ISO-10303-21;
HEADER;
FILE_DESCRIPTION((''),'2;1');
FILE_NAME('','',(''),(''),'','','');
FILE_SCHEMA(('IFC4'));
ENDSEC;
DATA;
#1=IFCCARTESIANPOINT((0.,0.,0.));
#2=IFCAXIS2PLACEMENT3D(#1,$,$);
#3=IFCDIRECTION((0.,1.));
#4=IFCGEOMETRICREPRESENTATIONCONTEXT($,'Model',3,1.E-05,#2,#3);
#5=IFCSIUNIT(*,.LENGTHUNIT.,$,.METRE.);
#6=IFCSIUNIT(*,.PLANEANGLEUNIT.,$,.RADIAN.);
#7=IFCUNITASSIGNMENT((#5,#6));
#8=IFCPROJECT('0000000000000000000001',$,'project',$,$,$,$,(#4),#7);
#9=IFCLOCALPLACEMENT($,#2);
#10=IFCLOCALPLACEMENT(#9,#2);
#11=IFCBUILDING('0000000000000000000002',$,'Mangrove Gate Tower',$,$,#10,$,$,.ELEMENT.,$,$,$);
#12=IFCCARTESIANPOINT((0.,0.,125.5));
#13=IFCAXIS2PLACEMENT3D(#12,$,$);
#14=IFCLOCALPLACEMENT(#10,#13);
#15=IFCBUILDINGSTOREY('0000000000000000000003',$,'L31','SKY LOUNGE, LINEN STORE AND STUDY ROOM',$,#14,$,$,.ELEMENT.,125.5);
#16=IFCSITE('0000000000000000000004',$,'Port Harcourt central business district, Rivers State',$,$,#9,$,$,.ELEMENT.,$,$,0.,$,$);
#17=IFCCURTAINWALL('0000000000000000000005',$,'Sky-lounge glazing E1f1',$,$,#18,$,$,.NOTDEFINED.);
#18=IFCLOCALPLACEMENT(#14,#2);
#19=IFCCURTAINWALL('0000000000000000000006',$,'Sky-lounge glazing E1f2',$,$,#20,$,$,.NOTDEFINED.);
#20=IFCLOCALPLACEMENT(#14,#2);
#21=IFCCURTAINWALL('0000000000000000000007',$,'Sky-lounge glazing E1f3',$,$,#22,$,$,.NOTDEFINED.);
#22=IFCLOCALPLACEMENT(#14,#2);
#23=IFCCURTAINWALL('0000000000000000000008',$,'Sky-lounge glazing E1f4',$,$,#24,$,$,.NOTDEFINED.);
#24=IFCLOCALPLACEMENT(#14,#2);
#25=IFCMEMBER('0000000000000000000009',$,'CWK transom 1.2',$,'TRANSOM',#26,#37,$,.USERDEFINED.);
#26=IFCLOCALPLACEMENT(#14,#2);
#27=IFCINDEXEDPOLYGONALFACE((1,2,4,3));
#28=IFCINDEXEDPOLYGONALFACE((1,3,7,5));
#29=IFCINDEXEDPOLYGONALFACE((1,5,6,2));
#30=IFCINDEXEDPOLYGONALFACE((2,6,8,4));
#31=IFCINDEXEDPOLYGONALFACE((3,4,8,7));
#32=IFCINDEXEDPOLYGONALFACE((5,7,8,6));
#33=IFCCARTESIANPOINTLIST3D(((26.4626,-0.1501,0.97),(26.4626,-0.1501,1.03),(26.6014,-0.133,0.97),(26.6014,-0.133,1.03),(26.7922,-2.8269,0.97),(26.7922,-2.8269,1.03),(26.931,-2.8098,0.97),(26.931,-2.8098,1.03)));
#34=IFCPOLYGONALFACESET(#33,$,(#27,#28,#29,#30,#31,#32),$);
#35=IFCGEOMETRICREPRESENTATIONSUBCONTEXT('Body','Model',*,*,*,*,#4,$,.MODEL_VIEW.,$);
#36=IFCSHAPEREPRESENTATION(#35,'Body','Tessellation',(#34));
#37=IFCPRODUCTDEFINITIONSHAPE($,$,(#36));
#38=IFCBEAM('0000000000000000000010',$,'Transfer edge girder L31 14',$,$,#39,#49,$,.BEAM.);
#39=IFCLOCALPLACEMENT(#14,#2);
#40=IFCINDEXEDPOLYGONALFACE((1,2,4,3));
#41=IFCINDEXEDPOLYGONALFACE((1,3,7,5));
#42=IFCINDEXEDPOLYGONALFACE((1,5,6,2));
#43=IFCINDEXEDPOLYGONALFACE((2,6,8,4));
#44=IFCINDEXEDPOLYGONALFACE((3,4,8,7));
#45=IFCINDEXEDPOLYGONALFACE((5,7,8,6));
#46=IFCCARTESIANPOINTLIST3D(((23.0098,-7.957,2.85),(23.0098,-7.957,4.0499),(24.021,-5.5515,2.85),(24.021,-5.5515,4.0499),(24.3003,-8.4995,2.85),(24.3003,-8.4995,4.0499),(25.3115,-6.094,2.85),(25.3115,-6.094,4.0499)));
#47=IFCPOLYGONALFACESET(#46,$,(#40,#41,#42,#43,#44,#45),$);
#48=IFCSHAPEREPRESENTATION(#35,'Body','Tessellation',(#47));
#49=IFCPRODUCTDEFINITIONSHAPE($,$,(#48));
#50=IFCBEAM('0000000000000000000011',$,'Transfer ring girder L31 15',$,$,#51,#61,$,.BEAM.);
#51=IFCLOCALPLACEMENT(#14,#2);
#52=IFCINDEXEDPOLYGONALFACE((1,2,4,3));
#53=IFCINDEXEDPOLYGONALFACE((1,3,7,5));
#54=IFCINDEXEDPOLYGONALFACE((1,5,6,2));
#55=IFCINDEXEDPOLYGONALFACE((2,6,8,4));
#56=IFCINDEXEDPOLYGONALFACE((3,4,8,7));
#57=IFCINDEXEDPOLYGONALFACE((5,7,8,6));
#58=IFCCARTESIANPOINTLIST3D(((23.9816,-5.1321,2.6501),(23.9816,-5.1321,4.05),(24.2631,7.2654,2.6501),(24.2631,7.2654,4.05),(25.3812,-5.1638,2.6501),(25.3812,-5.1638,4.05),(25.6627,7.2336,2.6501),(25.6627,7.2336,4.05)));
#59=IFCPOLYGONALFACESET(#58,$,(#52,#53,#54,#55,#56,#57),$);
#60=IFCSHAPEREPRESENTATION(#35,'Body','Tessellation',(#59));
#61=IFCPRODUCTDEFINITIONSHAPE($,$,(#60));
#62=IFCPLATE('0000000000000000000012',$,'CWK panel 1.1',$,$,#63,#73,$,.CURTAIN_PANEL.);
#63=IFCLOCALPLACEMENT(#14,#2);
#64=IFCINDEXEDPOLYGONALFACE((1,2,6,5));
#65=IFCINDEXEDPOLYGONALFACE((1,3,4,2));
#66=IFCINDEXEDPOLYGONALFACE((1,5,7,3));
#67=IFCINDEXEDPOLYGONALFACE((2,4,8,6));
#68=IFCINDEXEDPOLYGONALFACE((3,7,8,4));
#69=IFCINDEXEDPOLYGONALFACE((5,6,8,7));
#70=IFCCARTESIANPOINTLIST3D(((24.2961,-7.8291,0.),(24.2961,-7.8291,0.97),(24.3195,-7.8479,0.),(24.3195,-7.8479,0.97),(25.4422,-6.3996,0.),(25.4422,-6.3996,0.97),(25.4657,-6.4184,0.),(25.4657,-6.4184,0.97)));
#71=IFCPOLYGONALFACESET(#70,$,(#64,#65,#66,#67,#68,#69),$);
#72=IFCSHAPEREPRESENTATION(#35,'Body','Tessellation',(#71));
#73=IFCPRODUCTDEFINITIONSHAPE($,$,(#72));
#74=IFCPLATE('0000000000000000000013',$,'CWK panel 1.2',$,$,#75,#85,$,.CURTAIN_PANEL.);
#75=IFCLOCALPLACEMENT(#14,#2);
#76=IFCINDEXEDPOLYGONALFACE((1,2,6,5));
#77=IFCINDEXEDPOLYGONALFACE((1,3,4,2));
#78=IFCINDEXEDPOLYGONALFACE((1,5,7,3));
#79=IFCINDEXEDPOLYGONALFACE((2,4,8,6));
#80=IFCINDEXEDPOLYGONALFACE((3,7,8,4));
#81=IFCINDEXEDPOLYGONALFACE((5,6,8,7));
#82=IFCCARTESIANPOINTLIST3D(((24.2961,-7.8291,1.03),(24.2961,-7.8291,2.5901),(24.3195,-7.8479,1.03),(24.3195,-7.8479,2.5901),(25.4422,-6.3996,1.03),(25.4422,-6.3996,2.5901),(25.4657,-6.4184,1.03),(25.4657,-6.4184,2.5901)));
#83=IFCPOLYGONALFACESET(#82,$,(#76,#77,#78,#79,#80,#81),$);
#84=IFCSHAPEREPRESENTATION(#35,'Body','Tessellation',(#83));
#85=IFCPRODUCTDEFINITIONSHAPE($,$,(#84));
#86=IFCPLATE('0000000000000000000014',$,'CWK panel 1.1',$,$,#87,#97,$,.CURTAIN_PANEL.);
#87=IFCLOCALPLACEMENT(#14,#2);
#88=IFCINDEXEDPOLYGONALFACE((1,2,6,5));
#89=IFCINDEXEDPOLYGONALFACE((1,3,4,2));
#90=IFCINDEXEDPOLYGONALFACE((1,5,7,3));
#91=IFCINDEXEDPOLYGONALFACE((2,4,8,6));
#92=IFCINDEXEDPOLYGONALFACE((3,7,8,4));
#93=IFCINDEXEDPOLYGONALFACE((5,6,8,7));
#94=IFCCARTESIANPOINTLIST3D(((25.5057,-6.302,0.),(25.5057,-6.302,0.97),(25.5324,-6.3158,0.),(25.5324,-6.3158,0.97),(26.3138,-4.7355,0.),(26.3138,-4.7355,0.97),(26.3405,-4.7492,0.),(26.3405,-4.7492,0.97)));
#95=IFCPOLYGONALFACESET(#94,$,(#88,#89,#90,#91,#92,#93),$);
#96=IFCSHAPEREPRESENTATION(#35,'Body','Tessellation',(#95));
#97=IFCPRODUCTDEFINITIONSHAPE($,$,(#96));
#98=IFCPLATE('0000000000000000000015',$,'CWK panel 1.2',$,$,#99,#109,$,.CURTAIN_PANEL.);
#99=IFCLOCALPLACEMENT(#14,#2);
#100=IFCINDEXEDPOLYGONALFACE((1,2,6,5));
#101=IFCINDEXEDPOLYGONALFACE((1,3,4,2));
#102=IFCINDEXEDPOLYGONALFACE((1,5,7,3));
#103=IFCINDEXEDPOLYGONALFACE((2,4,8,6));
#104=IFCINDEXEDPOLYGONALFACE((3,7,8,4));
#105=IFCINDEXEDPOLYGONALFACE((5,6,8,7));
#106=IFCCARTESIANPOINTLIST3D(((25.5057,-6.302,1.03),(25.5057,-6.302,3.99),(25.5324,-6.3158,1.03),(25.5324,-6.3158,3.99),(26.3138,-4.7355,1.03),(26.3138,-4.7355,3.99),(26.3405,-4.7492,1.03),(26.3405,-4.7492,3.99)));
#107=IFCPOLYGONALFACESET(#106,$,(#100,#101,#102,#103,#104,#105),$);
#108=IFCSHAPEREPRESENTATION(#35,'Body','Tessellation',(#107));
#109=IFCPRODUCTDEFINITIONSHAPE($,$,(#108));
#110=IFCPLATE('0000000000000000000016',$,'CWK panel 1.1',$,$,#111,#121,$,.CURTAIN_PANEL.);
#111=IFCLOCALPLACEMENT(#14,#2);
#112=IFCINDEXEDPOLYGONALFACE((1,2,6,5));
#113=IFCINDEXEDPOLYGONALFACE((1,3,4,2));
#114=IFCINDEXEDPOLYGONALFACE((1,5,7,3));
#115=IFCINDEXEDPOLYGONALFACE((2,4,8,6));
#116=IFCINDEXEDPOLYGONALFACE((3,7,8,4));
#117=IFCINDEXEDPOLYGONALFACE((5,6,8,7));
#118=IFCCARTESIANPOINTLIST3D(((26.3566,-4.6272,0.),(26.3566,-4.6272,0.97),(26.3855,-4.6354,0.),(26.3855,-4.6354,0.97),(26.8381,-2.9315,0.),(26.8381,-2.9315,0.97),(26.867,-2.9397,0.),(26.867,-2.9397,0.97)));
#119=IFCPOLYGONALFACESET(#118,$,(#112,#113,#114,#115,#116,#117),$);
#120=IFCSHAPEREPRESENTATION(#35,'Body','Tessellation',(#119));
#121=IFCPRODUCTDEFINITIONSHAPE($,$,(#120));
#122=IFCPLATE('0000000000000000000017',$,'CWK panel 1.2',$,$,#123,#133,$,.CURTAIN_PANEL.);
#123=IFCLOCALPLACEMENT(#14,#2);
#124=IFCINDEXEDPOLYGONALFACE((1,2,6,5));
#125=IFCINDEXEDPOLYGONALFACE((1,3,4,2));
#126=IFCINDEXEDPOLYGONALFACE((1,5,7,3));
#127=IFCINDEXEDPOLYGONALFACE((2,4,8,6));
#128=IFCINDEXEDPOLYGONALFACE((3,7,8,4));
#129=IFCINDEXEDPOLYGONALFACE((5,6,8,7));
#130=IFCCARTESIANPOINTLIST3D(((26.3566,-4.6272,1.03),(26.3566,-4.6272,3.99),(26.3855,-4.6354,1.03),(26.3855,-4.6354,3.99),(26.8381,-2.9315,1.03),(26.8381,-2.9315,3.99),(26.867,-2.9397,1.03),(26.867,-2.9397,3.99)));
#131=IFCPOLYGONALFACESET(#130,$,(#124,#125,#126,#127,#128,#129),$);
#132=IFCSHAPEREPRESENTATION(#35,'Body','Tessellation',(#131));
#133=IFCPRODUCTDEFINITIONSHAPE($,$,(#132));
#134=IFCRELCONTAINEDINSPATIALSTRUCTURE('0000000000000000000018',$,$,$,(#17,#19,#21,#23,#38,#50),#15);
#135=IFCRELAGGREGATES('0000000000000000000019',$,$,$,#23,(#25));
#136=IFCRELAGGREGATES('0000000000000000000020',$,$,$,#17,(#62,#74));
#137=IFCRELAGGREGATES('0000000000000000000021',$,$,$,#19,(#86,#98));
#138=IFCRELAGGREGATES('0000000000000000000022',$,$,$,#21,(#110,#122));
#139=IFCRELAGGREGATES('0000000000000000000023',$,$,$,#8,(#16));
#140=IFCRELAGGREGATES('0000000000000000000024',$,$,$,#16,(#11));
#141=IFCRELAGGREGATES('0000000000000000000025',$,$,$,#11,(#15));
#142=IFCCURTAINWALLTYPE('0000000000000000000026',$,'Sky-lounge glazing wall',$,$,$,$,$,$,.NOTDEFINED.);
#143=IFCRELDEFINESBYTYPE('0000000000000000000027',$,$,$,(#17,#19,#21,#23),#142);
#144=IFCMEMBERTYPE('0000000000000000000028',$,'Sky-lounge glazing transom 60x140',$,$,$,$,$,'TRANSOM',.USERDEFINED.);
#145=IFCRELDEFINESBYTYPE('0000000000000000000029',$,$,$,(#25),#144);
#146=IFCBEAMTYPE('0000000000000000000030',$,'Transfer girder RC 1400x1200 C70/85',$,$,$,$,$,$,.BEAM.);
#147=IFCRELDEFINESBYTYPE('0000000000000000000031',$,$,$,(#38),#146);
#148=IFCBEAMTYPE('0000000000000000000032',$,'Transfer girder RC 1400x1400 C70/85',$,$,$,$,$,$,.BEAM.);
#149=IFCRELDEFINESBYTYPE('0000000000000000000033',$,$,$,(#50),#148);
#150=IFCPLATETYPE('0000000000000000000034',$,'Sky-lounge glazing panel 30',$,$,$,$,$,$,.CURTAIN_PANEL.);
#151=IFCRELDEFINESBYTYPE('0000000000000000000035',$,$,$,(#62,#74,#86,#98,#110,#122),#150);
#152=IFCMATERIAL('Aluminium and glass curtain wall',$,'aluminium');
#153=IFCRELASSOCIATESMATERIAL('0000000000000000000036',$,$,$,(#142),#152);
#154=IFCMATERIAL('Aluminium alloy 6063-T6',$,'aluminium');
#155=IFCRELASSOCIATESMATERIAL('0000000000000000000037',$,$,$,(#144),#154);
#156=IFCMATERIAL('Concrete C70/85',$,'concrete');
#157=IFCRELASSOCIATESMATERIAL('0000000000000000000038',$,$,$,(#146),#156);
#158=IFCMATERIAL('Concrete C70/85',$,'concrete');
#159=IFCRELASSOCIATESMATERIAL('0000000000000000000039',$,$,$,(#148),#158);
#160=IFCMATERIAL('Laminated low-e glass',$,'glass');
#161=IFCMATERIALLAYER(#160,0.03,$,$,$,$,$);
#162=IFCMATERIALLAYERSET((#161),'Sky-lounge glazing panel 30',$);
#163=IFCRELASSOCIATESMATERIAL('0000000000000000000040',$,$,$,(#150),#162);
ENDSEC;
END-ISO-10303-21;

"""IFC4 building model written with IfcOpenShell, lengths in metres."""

from ifc_helpers import new_model, si_unit, direction, frame, origin, origin_2d, place, context, subcontext, project, spatial, rectangle, extrude, material, layer, layer_set, material_profile, profile_set, type_object, element, aggregate, save


model = new_model("IFC4")

# Units and contexts
model_context = context("Model", 3, precision=1e-05, world=origin(), true_north=direction((0.0, 1.0)))
body_context = subcontext(model_context, "Body", "Model", "MODEL_VIEW")
ifc_project = project(units=[si_unit("LENGTHUNIT", "METRE"), si_unit("PLANEANGLEUNIT", "RADIAN")], contexts=[model_context])

# Site, building, storey
site_placement = place(None, origin())
site = spatial("IfcSite", under=ifc_project, at=site_placement, Name="Port Harcourt central business district, Rivers State", CompositionType="ELEMENT", RefElevation=0.0)
building_placement = place(site_placement, origin())
building = spatial("IfcBuilding", under=site, at=building_placement, Name="Mangrove Gate Tower", CompositionType="ELEMENT")
storey_placement = place(building_placement, frame((0.0, 0.0, 125.5)))
storey = spatial("IfcBuildingStorey", under=building, at=storey_placement, Name="L31", Description="SKY LOUNGE, LINEN STORE AND STUDY ROOM", CompositionType="ELEMENT", Elevation=125.5)

# Curtain walls
ifc_material_1 = material(Name="Aluminium and glass curtain wall", Category="aluminium")
curtain_wall_type = type_object("IfcCurtainWallType", Name="Sky-lounge glazing wall", PredefinedType="NOTDEFINED", material=ifc_material_1)
curtain_wall_1_placement = place(storey_placement, origin())
curtain_wall_1 = element("IfcCurtainWall", 1, at=curtain_wall_1_placement, inside=storey, type_object=curtain_wall_type, Name="Sky-lounge glazing E1f1", PredefinedType="NOTDEFINED")
curtain_wall_2_placement = place(storey_placement, origin())
curtain_wall_2 = element("IfcCurtainWall", 2, at=curtain_wall_2_placement, inside=storey, type_object=curtain_wall_type, Name="Sky-lounge glazing E1f2", PredefinedType="NOTDEFINED")
curtain_wall_3_placement = place(storey_placement, origin())
curtain_wall_3 = element("IfcCurtainWall", 3, at=curtain_wall_3_placement, inside=storey, type_object=curtain_wall_type, Name="Sky-lounge glazing E1f3", PredefinedType="NOTDEFINED")

# Curtain wall
curtain_wall_4_placement = place(storey_placement, origin())
curtain_wall_4 = element("IfcCurtainWall", 4, at=curtain_wall_4_placement, inside=storey, type_object=curtain_wall_type, Name="Sky-lounge glazing E1f4", PredefinedType="NOTDEFINED")

# Member
ifc_material_2 = material(Name="Aluminium alloy 6063-T6", Category="aluminium")
ifc_material_profile_1 = material_profile(ifc_material_2, rectangle(XDim=0.0601, YDim=0.1399, at=origin_2d()))
ifc_profile_set_1 = profile_set([ifc_material_profile_1], Name="Aluminium alloy 6063-T6")
member_type_1 = type_object("IfcMemberType", Name="Sky-lounge glazing transom 60x140", ElementType="TRANSOM", PredefinedType="USERDEFINED", material=ifc_profile_set_1)
member_1_placement = place(storey_placement, frame((26.8616, -2.8184, 1.0), z_axis=(-0.122207, 0.992505, 0.0), x_axis=(0.0, 0.0, 1.0)))
member_1 = element("IfcMember", 5, at=member_1_placement, type_object=member_type_1, Name="CWK transom 1.2", ObjectType="TRANSOM", PredefinedType="USERDEFINED", context=body_context, shape_type="SweptSolid", body=[
    extrude(rectangle(XDim=0.0601, YDim=0.1399, at=origin_2d()), origin(), (0.0, 0.0, 1.0), 2.697),
])
aggregate(curtain_wall_4, [member_1])

# Beams
ifc_material_3 = material(Name="Concrete C70/85", Category="concrete")
ifc_material_profile_2 = material_profile(ifc_material_3, rectangle(XDim=1.3999, YDim=1.2, at=origin_2d()))
ifc_profile_set_2 = profile_set([ifc_material_profile_2], Name="Concrete C70/85")
beam_type_1 = type_object("IfcBeamType", Name="Transfer girder RC 1400x1200 C70/85", PredefinedType="BEAM", material=ifc_profile_set_2)
beam_1_placement = place(storey_placement, frame((24.6663, -5.8228, 3.45), z_axis=(-0.38753, -0.921857, 0.0), x_axis=(0.921857, -0.38753, 0.0)))
element("IfcBeam", 6, at=beam_1_placement, inside=storey, type_object=beam_type_1, Name="Transfer edge girder L31 14", PredefinedType="BEAM", context=body_context, shape_type="SweptSolid", body=[
    extrude(rectangle(XDim=1.3999, YDim=1.2, at=origin_2d()), origin(), (0.0, 0.0, 1.0), 2.6094),
])
ifc_material_4 = material(Name="Concrete C70/85", Category="concrete")
ifc_material_profile_3 = material_profile(ifc_material_4, rectangle(XDim=1.3999, YDim=1.3999, at=origin_2d()))
ifc_profile_set_3 = profile_set([ifc_material_profile_3], Name="Concrete C70/85")
beam_type_2 = type_object("IfcBeamType", Name="Transfer girder RC 1400x1400 C70/85", PredefinedType="BEAM", material=ifc_profile_set_3)
beam_2_placement = place(storey_placement, frame((24.6814, -5.1479, 3.3501), z_axis=(0.0227, 0.999742, 0.0), x_axis=(-0.999742, 0.0227, 0.0)))
element("IfcBeam", 7, at=beam_2_placement, inside=storey, type_object=beam_type_2, Name="Transfer ring girder L31 15", PredefinedType="BEAM", context=body_context, shape_type="SweptSolid", body=[
    extrude(rectangle(XDim=1.3999, YDim=1.3999, at=origin_2d()), origin(), (0.0, 0.0, 1.0), 12.4006),
])

# Plates
ifc_material_5 = material(Name="Laminated low-e glass", Category="glass")
ifc_layer = layer(ifc_material_5, 0.03)
ifc_layer_set = layer_set([ifc_layer], Name="Sky-lounge glazing panel 30")
plate_type = type_object("IfcPlateType", Name="Sky-lounge glazing panel 30", PredefinedType="CURTAIN_PANEL", material=ifc_layer_set)
plate_1_placement = place(storey_placement, frame((24.8809, -7.1238, 0.0), z_axis=(0.0, 0.0, 1.0), x_axis=(0.625548, 0.780186, 0.0)))
plate_1 = element("IfcPlate", 8, at=plate_1_placement, type_object=plate_type, Name="CWK panel 1.1", PredefinedType="CURTAIN_PANEL", context=body_context, shape_type="SweptSolid", body=[
    extrude(rectangle(XDim=1.8323, YDim=0.03, at=origin_2d()), origin(), (0.0, 0.0, 1.0), 0.97),
])
plate_2_placement = place(storey_placement, frame((24.8809, -7.1238, 1.03), z_axis=(0.0, 0.0, 1.0), x_axis=(0.625548, 0.780186, 0.0)))
plate_2 = element("IfcPlate", 9, at=plate_2_placement, type_object=plate_type, Name="CWK panel 1.2", PredefinedType="CURTAIN_PANEL", context=body_context, shape_type="SweptSolid", body=[
    extrude(rectangle(XDim=1.8323, YDim=0.03, at=origin_2d()), origin(), (0.0, 0.0, 1.0), 1.5601),
])
aggregate(curtain_wall_1, [plate_1, plate_2])
plate_3_placement = place(storey_placement, frame((25.9231, -5.5256, 0.0), z_axis=(0.0, 0.0, 1.0), x_axis=(0.458455, 0.888718, 0.0)))
plate_3 = element("IfcPlate", 10, at=plate_3_placement, type_object=plate_type, Name="CWK panel 1.1", PredefinedType="CURTAIN_PANEL", context=body_context, shape_type="SweptSolid", body=[
    extrude(rectangle(XDim=1.7627, YDim=0.03, at=origin_2d()), origin(), (0.0, 0.0, 1.0), 0.97),
])
plate_4_placement = place(storey_placement, frame((25.9231, -5.5256, 1.03), z_axis=(0.0, 0.0, 1.0), x_axis=(0.458455, 0.888718, 0.0)))
plate_4 = element("IfcPlate", 11, at=plate_4_placement, type_object=plate_type, Name="CWK panel 1.2", PredefinedType="CURTAIN_PANEL", context=body_context, shape_type="SweptSolid", body=[
    extrude(rectangle(XDim=1.7627, YDim=0.03, at=origin_2d()), origin(), (0.0, 0.0, 1.0), 2.96),
])
aggregate(curtain_wall_2, [plate_3, plate_4])
plate_5_placement = place(storey_placement, frame((26.6118, -3.7834, 0.0), z_axis=(0.0, 0.0, 1.0), x_axis=(0.273161, 0.961968, 0.0)))
plate_5 = element("IfcPlate", 12, at=plate_5_placement, type_object=plate_type, Name="CWK panel 1.1", PredefinedType="CURTAIN_PANEL", context=body_context, shape_type="SweptSolid", body=[
    extrude(rectangle(XDim=1.7627, YDim=0.03, at=origin_2d()), origin(), (0.0, 0.0, 1.0), 0.97),
])
plate_6_placement = place(storey_placement, frame((26.6118, -3.7834, 1.03), z_axis=(0.0, 0.0, 1.0), x_axis=(0.273161, 0.961968, 0.0)))
plate_6 = element("IfcPlate", 13, at=plate_6_placement, type_object=plate_type, Name="CWK panel 1.2", PredefinedType="CURTAIN_PANEL", context=body_context, shape_type="SweptSolid", body=[
    extrude(rectangle(XDim=1.7627, YDim=0.03, at=origin_2d()), origin(), (0.0, 0.0, 1.0), 2.96),
])
aggregate(curtain_wall_3, [plate_5, plate_6])

save(model, "model.ifc")
